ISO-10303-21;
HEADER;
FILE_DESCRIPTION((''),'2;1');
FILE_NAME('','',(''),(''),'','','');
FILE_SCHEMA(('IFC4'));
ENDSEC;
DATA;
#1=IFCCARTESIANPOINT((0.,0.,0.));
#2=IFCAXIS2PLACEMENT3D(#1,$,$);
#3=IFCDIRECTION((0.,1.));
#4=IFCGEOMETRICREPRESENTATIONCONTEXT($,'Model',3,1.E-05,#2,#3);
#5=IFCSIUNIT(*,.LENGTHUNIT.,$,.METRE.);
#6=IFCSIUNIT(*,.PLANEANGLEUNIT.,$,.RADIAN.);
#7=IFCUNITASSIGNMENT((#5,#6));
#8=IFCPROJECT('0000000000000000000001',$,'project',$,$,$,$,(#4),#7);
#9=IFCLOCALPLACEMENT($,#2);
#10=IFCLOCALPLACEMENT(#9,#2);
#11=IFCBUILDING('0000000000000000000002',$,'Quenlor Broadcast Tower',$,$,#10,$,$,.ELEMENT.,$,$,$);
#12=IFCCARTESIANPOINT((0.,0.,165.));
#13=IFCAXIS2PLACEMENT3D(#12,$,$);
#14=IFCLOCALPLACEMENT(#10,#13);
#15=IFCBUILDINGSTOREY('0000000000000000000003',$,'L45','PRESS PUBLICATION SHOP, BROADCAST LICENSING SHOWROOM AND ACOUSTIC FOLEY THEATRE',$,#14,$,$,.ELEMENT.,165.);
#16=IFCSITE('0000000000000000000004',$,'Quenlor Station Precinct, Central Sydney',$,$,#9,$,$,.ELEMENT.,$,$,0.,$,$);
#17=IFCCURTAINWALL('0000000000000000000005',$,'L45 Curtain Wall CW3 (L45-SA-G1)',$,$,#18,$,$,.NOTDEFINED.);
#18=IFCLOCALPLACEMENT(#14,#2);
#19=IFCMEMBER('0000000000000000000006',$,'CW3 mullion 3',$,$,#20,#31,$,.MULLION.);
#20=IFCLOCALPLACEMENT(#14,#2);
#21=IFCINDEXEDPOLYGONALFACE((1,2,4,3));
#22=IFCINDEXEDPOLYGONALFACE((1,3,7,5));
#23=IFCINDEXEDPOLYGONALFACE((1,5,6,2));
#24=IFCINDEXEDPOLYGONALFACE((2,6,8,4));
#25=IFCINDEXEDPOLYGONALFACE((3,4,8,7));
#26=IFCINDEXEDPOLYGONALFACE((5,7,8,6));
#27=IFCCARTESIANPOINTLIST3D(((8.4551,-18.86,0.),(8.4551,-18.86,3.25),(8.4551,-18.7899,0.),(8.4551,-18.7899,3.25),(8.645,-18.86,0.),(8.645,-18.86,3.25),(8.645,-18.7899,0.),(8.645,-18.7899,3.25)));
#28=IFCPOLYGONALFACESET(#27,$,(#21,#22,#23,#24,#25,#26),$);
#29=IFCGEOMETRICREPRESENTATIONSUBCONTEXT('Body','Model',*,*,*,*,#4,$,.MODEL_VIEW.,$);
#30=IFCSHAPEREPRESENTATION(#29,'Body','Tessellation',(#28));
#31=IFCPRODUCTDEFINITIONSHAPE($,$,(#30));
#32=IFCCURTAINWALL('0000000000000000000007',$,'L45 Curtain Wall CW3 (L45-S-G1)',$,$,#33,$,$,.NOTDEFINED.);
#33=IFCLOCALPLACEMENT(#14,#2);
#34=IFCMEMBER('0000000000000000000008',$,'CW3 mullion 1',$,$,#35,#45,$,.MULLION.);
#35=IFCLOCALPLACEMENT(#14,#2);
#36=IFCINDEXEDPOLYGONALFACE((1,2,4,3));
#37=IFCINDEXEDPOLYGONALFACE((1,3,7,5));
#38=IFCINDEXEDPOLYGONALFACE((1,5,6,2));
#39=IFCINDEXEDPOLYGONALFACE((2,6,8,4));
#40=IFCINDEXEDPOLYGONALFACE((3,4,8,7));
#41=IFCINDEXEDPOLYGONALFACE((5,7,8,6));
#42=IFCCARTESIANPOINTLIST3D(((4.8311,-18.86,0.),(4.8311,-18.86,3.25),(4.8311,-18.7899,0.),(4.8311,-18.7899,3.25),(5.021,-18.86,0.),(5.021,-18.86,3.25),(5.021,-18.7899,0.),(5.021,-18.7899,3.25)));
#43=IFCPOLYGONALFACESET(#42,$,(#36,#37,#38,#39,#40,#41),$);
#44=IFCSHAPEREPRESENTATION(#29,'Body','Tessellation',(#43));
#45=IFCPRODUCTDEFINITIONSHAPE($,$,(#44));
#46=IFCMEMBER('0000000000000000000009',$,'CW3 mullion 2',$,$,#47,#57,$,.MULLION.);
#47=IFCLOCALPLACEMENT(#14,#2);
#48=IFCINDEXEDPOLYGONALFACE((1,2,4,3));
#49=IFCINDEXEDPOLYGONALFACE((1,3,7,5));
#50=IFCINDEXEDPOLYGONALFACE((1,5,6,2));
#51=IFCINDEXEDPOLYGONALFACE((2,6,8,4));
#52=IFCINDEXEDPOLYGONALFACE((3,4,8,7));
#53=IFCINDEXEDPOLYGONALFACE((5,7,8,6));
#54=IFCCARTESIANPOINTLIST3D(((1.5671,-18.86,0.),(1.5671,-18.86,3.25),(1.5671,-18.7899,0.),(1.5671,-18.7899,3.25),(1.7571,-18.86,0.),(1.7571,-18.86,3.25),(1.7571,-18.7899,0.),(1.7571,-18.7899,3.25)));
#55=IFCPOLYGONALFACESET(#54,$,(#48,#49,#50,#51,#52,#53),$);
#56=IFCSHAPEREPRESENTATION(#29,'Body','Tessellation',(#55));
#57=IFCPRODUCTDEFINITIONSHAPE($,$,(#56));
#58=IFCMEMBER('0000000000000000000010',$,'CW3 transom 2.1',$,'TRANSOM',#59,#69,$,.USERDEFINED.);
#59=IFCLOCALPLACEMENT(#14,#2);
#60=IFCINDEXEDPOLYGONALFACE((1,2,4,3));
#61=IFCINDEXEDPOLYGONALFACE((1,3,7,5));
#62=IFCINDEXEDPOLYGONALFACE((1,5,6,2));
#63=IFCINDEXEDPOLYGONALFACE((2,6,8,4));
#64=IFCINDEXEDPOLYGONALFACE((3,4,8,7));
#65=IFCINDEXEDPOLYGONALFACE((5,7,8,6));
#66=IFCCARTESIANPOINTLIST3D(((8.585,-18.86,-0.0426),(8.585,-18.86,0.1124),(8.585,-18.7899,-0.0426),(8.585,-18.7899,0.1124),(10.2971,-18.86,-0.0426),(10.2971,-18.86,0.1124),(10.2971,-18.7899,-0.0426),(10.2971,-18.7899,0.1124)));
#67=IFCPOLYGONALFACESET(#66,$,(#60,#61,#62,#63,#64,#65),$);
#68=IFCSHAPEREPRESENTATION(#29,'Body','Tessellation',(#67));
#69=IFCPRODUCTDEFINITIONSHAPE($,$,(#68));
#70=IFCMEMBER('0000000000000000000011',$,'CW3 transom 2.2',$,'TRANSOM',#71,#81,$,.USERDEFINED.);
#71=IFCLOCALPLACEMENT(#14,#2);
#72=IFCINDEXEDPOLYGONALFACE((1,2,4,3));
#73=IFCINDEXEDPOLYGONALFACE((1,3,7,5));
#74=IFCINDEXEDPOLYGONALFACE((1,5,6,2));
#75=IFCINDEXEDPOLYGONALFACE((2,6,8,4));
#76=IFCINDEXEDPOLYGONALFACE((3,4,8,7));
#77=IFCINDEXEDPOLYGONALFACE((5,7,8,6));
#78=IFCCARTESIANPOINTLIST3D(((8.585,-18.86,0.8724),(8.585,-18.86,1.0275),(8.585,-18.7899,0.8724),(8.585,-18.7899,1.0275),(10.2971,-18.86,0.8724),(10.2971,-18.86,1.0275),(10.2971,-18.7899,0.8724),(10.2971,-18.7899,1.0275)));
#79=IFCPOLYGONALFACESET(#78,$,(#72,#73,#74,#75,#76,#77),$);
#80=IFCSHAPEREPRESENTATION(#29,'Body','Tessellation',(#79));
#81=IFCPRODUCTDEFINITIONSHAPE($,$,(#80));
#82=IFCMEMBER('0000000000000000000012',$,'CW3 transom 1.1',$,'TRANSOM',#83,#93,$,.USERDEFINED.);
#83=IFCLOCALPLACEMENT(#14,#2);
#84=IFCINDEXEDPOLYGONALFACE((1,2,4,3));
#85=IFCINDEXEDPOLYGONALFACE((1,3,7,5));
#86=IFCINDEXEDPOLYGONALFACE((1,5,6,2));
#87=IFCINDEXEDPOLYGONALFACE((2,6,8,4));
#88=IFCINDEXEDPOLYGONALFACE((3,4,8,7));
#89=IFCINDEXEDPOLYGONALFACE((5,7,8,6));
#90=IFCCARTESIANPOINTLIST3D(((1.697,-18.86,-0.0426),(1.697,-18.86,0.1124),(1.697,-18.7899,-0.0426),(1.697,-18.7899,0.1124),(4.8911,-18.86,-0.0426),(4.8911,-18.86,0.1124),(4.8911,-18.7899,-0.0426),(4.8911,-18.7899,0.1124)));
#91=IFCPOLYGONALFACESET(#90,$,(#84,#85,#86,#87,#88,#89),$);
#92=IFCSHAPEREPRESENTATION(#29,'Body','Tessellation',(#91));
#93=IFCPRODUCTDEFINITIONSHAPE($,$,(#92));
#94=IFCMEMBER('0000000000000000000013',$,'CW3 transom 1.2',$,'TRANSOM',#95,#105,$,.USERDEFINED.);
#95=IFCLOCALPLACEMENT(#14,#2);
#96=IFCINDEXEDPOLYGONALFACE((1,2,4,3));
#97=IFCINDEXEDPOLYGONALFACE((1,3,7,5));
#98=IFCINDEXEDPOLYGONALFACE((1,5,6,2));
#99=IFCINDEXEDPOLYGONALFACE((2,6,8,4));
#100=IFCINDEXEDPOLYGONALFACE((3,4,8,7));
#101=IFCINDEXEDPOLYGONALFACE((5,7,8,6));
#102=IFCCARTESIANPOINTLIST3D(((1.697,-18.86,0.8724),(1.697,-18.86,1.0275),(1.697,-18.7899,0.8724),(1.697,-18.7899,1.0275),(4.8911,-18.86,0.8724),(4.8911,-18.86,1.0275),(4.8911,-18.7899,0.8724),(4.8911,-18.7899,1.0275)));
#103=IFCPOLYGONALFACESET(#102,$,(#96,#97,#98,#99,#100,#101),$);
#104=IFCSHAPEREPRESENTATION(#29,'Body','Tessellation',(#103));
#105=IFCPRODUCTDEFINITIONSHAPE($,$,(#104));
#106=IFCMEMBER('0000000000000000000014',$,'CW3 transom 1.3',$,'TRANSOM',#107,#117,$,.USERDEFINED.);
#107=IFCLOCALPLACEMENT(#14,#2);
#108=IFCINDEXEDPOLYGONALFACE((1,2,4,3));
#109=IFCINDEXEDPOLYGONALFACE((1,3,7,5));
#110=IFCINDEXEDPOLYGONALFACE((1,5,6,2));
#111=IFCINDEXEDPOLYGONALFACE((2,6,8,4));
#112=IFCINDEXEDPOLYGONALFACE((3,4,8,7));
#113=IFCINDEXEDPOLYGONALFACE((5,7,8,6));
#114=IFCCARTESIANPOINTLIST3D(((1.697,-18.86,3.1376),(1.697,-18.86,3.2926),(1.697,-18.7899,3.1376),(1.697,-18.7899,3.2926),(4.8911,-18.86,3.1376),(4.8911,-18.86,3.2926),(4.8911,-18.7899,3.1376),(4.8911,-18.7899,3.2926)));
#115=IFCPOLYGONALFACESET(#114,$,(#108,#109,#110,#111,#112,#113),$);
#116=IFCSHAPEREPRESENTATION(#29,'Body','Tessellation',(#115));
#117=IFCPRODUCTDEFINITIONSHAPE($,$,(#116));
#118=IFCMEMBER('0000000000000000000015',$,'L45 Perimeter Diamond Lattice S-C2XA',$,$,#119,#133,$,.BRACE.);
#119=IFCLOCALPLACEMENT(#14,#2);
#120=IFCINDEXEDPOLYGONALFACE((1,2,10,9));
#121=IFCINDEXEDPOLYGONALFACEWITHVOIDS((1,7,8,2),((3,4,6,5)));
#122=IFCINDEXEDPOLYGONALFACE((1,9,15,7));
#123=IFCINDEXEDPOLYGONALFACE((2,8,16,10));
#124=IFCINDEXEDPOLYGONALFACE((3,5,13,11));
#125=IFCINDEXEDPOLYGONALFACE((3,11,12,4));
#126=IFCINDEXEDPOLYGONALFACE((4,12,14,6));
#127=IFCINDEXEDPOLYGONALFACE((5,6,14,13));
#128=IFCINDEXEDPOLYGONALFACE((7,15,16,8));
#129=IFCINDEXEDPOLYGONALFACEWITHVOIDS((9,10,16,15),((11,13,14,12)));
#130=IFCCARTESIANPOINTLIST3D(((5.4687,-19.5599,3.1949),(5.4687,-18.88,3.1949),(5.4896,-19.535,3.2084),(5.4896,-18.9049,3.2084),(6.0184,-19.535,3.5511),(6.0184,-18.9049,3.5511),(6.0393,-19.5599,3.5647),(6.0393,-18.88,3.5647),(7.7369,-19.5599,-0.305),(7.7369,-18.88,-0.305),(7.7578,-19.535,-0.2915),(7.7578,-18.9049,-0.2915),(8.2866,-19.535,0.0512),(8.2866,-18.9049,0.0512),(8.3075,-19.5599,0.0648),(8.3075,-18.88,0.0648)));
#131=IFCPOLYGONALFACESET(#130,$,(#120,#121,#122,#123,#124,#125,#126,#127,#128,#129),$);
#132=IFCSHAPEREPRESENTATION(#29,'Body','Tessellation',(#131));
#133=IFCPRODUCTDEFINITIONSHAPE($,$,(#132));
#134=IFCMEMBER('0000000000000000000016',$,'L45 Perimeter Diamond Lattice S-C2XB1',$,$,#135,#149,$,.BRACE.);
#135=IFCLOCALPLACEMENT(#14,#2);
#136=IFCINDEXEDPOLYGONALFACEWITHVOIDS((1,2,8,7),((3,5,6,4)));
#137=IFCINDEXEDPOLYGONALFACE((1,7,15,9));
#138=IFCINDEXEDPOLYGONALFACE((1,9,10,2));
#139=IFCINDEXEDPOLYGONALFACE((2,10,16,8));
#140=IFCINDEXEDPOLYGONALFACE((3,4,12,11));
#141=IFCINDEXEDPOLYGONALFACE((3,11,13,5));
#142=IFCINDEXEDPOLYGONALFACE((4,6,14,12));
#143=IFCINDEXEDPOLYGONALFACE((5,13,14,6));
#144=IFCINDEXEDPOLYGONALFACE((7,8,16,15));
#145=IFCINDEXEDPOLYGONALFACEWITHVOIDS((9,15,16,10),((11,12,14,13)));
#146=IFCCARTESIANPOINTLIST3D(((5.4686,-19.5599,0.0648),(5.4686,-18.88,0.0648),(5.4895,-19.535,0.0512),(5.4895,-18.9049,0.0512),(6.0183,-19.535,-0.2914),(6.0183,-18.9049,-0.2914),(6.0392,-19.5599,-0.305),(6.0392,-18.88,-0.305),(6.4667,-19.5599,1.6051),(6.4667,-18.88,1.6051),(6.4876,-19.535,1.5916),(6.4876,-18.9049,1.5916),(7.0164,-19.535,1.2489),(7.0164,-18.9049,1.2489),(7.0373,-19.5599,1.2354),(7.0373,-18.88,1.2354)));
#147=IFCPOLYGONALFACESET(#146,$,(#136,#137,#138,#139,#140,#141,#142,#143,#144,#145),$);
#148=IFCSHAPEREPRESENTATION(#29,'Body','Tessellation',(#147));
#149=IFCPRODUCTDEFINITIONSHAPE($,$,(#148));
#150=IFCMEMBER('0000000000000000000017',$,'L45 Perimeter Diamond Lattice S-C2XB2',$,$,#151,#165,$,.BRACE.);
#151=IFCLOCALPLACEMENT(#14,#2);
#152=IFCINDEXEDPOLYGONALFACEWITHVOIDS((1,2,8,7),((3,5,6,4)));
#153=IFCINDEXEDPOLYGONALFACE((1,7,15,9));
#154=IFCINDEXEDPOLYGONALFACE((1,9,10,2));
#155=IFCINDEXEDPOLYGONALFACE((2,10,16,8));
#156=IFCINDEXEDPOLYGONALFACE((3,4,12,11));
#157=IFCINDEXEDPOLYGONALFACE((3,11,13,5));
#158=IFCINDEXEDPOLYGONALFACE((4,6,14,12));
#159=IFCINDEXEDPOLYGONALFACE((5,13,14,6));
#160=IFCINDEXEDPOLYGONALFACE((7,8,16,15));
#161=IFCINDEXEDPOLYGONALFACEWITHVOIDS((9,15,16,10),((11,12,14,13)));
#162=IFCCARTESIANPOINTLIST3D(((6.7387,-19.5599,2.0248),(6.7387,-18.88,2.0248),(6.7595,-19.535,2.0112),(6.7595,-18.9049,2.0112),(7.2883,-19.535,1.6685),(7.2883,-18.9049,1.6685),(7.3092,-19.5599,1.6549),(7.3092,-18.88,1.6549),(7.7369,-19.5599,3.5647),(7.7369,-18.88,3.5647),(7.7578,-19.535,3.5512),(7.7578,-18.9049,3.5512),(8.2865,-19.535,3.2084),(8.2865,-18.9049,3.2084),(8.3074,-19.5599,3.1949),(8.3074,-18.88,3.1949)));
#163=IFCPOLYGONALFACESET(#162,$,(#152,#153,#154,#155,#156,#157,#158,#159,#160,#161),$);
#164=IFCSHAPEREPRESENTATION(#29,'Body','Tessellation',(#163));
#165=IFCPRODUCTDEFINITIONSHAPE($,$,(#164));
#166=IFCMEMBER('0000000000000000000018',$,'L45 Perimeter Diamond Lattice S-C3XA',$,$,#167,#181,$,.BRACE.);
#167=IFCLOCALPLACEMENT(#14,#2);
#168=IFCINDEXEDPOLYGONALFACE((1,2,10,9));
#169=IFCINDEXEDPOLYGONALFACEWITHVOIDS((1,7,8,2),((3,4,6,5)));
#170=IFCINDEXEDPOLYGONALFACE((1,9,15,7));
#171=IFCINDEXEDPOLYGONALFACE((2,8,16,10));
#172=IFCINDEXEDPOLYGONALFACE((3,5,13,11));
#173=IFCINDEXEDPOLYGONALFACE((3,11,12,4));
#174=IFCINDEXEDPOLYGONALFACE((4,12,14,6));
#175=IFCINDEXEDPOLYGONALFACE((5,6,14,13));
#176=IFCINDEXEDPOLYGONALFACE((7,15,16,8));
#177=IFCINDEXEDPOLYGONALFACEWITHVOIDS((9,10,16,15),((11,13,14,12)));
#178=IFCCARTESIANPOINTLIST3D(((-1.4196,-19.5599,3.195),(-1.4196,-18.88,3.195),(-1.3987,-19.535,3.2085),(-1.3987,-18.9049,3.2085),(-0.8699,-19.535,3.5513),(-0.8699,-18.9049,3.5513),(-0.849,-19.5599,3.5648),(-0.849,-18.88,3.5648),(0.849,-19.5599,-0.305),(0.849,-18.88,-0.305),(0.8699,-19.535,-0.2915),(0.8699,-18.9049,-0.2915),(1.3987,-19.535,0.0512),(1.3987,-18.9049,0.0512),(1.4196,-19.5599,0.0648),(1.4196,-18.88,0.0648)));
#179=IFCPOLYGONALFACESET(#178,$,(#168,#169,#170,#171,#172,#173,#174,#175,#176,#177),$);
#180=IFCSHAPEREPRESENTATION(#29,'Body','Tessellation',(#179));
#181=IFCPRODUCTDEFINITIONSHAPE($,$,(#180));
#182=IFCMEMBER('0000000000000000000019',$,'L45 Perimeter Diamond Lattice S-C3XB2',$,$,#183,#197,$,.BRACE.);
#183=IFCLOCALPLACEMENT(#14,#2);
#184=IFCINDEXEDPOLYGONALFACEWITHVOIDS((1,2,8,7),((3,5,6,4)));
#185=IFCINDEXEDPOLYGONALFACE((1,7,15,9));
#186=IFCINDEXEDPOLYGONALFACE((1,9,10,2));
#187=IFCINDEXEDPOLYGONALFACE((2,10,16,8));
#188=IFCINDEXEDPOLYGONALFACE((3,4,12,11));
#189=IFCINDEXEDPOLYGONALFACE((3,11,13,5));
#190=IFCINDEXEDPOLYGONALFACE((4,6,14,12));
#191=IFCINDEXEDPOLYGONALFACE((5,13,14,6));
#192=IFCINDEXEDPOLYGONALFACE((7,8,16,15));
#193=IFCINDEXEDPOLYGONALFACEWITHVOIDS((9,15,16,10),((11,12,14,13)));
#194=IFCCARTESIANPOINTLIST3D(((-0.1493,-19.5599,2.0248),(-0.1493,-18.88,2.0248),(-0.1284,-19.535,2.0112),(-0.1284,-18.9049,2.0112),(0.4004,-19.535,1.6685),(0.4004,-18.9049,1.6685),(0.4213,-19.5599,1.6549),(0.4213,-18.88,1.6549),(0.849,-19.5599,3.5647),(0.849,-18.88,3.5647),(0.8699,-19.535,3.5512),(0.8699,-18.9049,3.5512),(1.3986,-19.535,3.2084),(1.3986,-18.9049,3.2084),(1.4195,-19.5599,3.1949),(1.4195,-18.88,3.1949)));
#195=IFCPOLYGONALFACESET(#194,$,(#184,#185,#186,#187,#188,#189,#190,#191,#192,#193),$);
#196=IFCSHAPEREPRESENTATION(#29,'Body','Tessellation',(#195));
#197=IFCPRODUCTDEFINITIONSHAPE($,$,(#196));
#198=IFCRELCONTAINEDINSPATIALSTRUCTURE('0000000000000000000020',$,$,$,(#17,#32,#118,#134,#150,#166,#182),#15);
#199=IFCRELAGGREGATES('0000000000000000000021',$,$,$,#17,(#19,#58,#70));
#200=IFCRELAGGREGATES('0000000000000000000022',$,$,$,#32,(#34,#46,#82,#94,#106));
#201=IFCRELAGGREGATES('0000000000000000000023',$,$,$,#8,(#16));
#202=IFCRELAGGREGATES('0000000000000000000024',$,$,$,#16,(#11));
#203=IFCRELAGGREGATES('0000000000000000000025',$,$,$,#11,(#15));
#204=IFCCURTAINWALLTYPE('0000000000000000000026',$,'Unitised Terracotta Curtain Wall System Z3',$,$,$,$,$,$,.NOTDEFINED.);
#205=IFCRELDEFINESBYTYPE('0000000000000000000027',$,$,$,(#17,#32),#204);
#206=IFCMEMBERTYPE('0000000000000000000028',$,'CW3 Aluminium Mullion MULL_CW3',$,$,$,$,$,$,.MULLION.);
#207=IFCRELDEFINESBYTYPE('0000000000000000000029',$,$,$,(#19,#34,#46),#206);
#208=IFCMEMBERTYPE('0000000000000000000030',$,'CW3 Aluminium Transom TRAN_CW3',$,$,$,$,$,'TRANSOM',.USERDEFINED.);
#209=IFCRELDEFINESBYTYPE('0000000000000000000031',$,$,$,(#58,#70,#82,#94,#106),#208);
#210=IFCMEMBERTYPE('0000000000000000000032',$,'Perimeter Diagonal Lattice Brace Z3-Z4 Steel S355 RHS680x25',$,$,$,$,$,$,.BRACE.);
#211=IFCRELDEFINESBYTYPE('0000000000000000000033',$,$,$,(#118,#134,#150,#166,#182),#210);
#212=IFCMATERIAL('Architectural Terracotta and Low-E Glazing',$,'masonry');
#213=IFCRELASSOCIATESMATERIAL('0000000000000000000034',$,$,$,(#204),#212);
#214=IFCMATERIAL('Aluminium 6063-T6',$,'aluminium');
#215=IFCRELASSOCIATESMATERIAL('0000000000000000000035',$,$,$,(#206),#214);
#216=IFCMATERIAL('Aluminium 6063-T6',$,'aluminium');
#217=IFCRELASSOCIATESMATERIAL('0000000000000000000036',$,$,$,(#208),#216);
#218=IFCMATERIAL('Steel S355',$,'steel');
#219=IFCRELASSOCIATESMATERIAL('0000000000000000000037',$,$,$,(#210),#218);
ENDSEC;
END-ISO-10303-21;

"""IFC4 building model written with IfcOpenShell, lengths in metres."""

from ifc_helpers import new_model, si_unit, direction, frame, origin, origin_2d, place, context, subcontext, project, spatial, rectangle, hollow_rectangle, extrude, material, material_profile, profile_set, type_object, element, aggregate, save


model = new_model("IFC4")

# Units and contexts
model_context = context("Model", 3, precision=1e-05, world=origin(), true_north=direction((0.0, 1.0)))
body_context = subcontext(model_context, "Body", "Model", "MODEL_VIEW")
ifc_project = project(units=[si_unit("LENGTHUNIT", "METRE"), si_unit("PLANEANGLEUNIT", "RADIAN")], contexts=[model_context])

# Site, building, storey
site_placement = place(None, origin())
site = spatial("IfcSite", under=ifc_project, at=site_placement, Name="Quenlor Station Precinct, Central Sydney", CompositionType="ELEMENT", RefElevation=0.0)
building_placement = place(site_placement, origin())
building = spatial("IfcBuilding", under=site, at=building_placement, Name="Quenlor Broadcast Tower", CompositionType="ELEMENT")
storey_placement = place(building_placement, frame((0.0, 0.0, 165.0)))
storey = spatial("IfcBuildingStorey", under=building, at=storey_placement, Name="L45", Description="PRESS PUBLICATION SHOP, BROADCAST LICENSING SHOWROOM AND ACOUSTIC FOLEY THEATRE", CompositionType="ELEMENT", Elevation=165.0)

# Curtain wall, member
ifc_material_1 = material(Name="Architectural Terracotta and Low-E Glazing", Category="masonry")
curtain_wall_type = type_object("IfcCurtainWallType", Name="Unitised Terracotta Curtain Wall System Z3", PredefinedType="NOTDEFINED", material=ifc_material_1)
curtain_wall_1_placement = place(storey_placement, origin())
curtain_wall_1 = element("IfcCurtainWall", 1, at=curtain_wall_1_placement, inside=storey, type_object=curtain_wall_type, Name="L45 Curtain Wall CW3 (L45-SA-G1)", PredefinedType="NOTDEFINED")
ifc_material_2 = material(Name="Aluminium 6063-T6", Category="aluminium")
ifc_material_profile_1 = material_profile(ifc_material_2, rectangle(XDim=0.0701, YDim=0.1899, at=origin_2d()))
ifc_profile_set_1 = profile_set([ifc_material_profile_1], Name="Aluminium 6063-T6 MULL70x190")
member_type_1 = type_object("IfcMemberType", Name="CW3 Aluminium Mullion MULL_CW3", PredefinedType="MULLION", material=ifc_profile_set_1)
member_1_placement = place(storey_placement, frame((8.55, -18.825, 0.0), z_axis=(0.0, 0.0, 1.0), x_axis=(0.0, -1.0, 0.0)))
member_1 = element("IfcMember", 2, at=member_1_placement, type_object=member_type_1, Name="CW3 mullion 3", PredefinedType="MULLION", context=body_context, shape_type="SweptSolid", body=[
    extrude(rectangle(XDim=0.0701, YDim=0.1899, at=origin_2d()), origin(), (0.0, 0.0, 1.0), 3.25),
])

# Curtain wall, members
curtain_wall_2_placement = place(storey_placement, origin())
curtain_wall_2 = element("IfcCurtainWall", 3, at=curtain_wall_2_placement, inside=storey, type_object=curtain_wall_type, Name="L45 Curtain Wall CW3 (L45-S-G1)", PredefinedType="NOTDEFINED")
member_2_placement = place(storey_placement, frame((4.926, -18.825, 0.0), z_axis=(0.0, 0.0, 1.0), x_axis=(0.0, -1.0, 0.0)))
member_2 = element("IfcMember", 4, at=member_2_placement, type_object=member_type_1, Name="CW3 mullion 1", PredefinedType="MULLION", context=body_context, shape_type="SweptSolid", body=[
    extrude(rectangle(XDim=0.0701, YDim=0.1899, at=origin_2d()), origin(), (0.0, 0.0, 1.0), 3.25),
])
member_3_placement = place(storey_placement, frame((1.6621, -18.825, 0.0), z_axis=(0.0, 0.0, 1.0), x_axis=(0.0, -1.0, 0.0)))
member_3 = element("IfcMember", 5, at=member_3_placement, type_object=member_type_1, Name="CW3 mullion 2", PredefinedType="MULLION", context=body_context, shape_type="SweptSolid", body=[
    extrude(rectangle(XDim=0.0701, YDim=0.1899, at=origin_2d()), origin(), (0.0, 0.0, 1.0), 3.25),
])

# Members
ifc_material_3 = material(Name="Aluminium 6063-T6", Category="aluminium")
ifc_material_profile_2 = material_profile(ifc_material_3, rectangle(XDim=0.0701, YDim=0.155, at=origin_2d()))
ifc_profile_set_2 = profile_set([ifc_material_profile_2], Name="Aluminium 6063-T6 TRAN70x155")
member_type_2 = type_object("IfcMemberType", Name="CW3 Aluminium Transom TRAN_CW3", ElementType="TRANSOM", PredefinedType="USERDEFINED", material=ifc_profile_set_2)
member_4_placement = place(storey_placement, frame((10.2971, -18.825, 0.0349), z_axis=(-1.0, 0.0, 0.0), x_axis=(0.0, -1.0, 0.0)))
member_4 = element("IfcMember", 6, at=member_4_placement, type_object=member_type_2, Name="CW3 transom 2.1", ObjectType="TRANSOM", PredefinedType="USERDEFINED", context=body_context, shape_type="SweptSolid", body=[
    extrude(rectangle(XDim=0.0701, YDim=0.155, at=origin_2d()), origin(), (0.0, 0.0, 1.0), 1.7122),
])
member_5_placement = place(storey_placement, frame((10.2971, -18.825, 0.95), z_axis=(-1.0, 0.0, 0.0), x_axis=(0.0, -1.0, 0.0)))
member_5 = element("IfcMember", 7, at=member_5_placement, type_object=member_type_2, Name="CW3 transom 2.2", ObjectType="TRANSOM", PredefinedType="USERDEFINED", context=body_context, shape_type="SweptSolid", body=[
    extrude(rectangle(XDim=0.0701, YDim=0.155, at=origin_2d()), origin(), (0.0, 0.0, 1.0), 1.7122),
])
member_6_placement = place(storey_placement, frame((4.8911, -18.825, 0.0349), z_axis=(-1.0, 0.0, 0.0), x_axis=(0.0, -1.0, 0.0)))
member_6 = element("IfcMember", 8, at=member_6_placement, type_object=member_type_2, Name="CW3 transom 1.1", ObjectType="TRANSOM", PredefinedType="USERDEFINED", context=body_context, shape_type="SweptSolid", body=[
    extrude(rectangle(XDim=0.0701, YDim=0.155, at=origin_2d()), origin(), (0.0, 0.0, 1.0), 3.1941),
])
member_7_placement = place(storey_placement, frame((4.8911, -18.825, 0.95), z_axis=(-1.0, 0.0, 0.0), x_axis=(0.0, -1.0, 0.0)))
member_7 = element("IfcMember", 9, at=member_7_placement, type_object=member_type_2, Name="CW3 transom 1.2", ObjectType="TRANSOM", PredefinedType="USERDEFINED", context=body_context, shape_type="SweptSolid", body=[
    extrude(rectangle(XDim=0.0701, YDim=0.155, at=origin_2d()), origin(), (0.0, 0.0, 1.0), 3.1941),
])
member_8_placement = place(storey_placement, frame((4.8911, -18.825, 3.2151), z_axis=(-1.0, 0.0, 0.0), x_axis=(0.0, -1.0, 0.0)))
member_8 = element("IfcMember", 10, at=member_8_placement, type_object=member_type_2, Name="CW3 transom 1.3", ObjectType="TRANSOM", PredefinedType="USERDEFINED", context=body_context, shape_type="SweptSolid", body=[
    extrude(rectangle(XDim=0.0701, YDim=0.155, at=origin_2d()), origin(), (0.0, 0.0, 1.0), 3.1941),
])

# Members
ifc_material_4 = material(Name="Steel S355", Category="steel")
ifc_material_profile_3 = material_profile(ifc_material_4, hollow_rectangle(XDim=0.6799, YDim=0.6799, WallThickness=0.0249, at=origin_2d()))
ifc_profile_set_3 = profile_set([ifc_material_profile_3], Name="Steel S355 RHS680x680x25")
member_type_3 = type_object("IfcMemberType", Name="Perimeter Diagonal Lattice Brace Z3-Z4 Steel S355 RHS680x25", PredefinedType="BRACE", material=ifc_profile_set_3)
member_9_placement = place(storey_placement, frame((8.0222, -19.22, -0.1201), z_axis=(-0.54386, 0.0, 0.839176), x_axis=(0.0, -1.0, 0.0)))
element("IfcMember", 11, at=member_9_placement, inside=storey, type_object=member_type_3, Name="L45 Perimeter Diamond Lattice S-C2XA", PredefinedType="BRACE", context=body_context, shape_type="SweptSolid", body=[
    extrude(hollow_rectangle(XDim=0.6799, YDim=0.6799, WallThickness=0.0249, at=origin_2d()), origin(), (0.0, 0.0, 1.0), 4.1707),
])
member_10_placement = place(storey_placement, frame((5.7539, -19.22, -0.1201), z_axis=(0.543786, 0.0, 0.839224), x_axis=(0.0, 1.0, 0.0)))
element("IfcMember", 12, at=member_10_placement, inside=storey, type_object=member_type_3, Name="L45 Perimeter Diamond Lattice S-C2XB1", PredefinedType="BRACE", context=body_context, shape_type="SweptSolid", body=[
    extrude(hollow_rectangle(XDim=0.6799, YDim=0.6799, WallThickness=0.0249, at=origin_2d()), origin(), (0.0, 0.0, 1.0), 1.8354),
])
member_11_placement = place(storey_placement, frame((7.0239, -19.22, 1.8398), z_axis=(0.543941, 0.0, 0.839124), x_axis=(0.0, 1.0, 0.0)))
element("IfcMember", 13, at=member_11_placement, inside=storey, type_object=member_type_3, Name="L45 Perimeter Diamond Lattice S-C2XB2", PredefinedType="BRACE", context=body_context, shape_type="SweptSolid", body=[
    extrude(hollow_rectangle(XDim=0.6799, YDim=0.6799, WallThickness=0.0249, at=origin_2d()), origin(), (0.0, 0.0, 1.0), 1.8352),
])
member_12_placement = place(storey_placement, frame((1.1343, -19.22, -0.1201), z_axis=(-0.543902, 0.0, 0.839149), x_axis=(0.0, -1.0, 0.0)))
element("IfcMember", 14, at=member_12_placement, inside=storey, type_object=member_type_3, Name="L45 Perimeter Diamond Lattice S-C3XA", PredefinedType="BRACE", context=body_context, shape_type="SweptSolid", body=[
    extrude(hollow_rectangle(XDim=0.6799, YDim=0.6799, WallThickness=0.0249, at=origin_2d()), origin(), (0.0, 0.0, 1.0), 4.1709),
])
member_13_placement = place(storey_placement, frame((0.136, -19.22, 1.8398), z_axis=(0.543941, 0.0, 0.839124), x_axis=(0.0, 1.0, 0.0)))
element("IfcMember", 15, at=member_13_placement, inside=storey, type_object=member_type_3, Name="L45 Perimeter Diamond Lattice S-C3XB2", PredefinedType="BRACE", context=body_context, shape_type="SweptSolid", body=[
    extrude(hollow_rectangle(XDim=0.6799, YDim=0.6799, WallThickness=0.0249, at=origin_2d()), origin(), (0.0, 0.0, 1.0), 1.8352),
])

aggregate(curtain_wall_1, [member_1, member_4, member_5])
aggregate(curtain_wall_2, [member_2, member_3, member_6, member_7, member_8])

save(model, "model.ifc")
